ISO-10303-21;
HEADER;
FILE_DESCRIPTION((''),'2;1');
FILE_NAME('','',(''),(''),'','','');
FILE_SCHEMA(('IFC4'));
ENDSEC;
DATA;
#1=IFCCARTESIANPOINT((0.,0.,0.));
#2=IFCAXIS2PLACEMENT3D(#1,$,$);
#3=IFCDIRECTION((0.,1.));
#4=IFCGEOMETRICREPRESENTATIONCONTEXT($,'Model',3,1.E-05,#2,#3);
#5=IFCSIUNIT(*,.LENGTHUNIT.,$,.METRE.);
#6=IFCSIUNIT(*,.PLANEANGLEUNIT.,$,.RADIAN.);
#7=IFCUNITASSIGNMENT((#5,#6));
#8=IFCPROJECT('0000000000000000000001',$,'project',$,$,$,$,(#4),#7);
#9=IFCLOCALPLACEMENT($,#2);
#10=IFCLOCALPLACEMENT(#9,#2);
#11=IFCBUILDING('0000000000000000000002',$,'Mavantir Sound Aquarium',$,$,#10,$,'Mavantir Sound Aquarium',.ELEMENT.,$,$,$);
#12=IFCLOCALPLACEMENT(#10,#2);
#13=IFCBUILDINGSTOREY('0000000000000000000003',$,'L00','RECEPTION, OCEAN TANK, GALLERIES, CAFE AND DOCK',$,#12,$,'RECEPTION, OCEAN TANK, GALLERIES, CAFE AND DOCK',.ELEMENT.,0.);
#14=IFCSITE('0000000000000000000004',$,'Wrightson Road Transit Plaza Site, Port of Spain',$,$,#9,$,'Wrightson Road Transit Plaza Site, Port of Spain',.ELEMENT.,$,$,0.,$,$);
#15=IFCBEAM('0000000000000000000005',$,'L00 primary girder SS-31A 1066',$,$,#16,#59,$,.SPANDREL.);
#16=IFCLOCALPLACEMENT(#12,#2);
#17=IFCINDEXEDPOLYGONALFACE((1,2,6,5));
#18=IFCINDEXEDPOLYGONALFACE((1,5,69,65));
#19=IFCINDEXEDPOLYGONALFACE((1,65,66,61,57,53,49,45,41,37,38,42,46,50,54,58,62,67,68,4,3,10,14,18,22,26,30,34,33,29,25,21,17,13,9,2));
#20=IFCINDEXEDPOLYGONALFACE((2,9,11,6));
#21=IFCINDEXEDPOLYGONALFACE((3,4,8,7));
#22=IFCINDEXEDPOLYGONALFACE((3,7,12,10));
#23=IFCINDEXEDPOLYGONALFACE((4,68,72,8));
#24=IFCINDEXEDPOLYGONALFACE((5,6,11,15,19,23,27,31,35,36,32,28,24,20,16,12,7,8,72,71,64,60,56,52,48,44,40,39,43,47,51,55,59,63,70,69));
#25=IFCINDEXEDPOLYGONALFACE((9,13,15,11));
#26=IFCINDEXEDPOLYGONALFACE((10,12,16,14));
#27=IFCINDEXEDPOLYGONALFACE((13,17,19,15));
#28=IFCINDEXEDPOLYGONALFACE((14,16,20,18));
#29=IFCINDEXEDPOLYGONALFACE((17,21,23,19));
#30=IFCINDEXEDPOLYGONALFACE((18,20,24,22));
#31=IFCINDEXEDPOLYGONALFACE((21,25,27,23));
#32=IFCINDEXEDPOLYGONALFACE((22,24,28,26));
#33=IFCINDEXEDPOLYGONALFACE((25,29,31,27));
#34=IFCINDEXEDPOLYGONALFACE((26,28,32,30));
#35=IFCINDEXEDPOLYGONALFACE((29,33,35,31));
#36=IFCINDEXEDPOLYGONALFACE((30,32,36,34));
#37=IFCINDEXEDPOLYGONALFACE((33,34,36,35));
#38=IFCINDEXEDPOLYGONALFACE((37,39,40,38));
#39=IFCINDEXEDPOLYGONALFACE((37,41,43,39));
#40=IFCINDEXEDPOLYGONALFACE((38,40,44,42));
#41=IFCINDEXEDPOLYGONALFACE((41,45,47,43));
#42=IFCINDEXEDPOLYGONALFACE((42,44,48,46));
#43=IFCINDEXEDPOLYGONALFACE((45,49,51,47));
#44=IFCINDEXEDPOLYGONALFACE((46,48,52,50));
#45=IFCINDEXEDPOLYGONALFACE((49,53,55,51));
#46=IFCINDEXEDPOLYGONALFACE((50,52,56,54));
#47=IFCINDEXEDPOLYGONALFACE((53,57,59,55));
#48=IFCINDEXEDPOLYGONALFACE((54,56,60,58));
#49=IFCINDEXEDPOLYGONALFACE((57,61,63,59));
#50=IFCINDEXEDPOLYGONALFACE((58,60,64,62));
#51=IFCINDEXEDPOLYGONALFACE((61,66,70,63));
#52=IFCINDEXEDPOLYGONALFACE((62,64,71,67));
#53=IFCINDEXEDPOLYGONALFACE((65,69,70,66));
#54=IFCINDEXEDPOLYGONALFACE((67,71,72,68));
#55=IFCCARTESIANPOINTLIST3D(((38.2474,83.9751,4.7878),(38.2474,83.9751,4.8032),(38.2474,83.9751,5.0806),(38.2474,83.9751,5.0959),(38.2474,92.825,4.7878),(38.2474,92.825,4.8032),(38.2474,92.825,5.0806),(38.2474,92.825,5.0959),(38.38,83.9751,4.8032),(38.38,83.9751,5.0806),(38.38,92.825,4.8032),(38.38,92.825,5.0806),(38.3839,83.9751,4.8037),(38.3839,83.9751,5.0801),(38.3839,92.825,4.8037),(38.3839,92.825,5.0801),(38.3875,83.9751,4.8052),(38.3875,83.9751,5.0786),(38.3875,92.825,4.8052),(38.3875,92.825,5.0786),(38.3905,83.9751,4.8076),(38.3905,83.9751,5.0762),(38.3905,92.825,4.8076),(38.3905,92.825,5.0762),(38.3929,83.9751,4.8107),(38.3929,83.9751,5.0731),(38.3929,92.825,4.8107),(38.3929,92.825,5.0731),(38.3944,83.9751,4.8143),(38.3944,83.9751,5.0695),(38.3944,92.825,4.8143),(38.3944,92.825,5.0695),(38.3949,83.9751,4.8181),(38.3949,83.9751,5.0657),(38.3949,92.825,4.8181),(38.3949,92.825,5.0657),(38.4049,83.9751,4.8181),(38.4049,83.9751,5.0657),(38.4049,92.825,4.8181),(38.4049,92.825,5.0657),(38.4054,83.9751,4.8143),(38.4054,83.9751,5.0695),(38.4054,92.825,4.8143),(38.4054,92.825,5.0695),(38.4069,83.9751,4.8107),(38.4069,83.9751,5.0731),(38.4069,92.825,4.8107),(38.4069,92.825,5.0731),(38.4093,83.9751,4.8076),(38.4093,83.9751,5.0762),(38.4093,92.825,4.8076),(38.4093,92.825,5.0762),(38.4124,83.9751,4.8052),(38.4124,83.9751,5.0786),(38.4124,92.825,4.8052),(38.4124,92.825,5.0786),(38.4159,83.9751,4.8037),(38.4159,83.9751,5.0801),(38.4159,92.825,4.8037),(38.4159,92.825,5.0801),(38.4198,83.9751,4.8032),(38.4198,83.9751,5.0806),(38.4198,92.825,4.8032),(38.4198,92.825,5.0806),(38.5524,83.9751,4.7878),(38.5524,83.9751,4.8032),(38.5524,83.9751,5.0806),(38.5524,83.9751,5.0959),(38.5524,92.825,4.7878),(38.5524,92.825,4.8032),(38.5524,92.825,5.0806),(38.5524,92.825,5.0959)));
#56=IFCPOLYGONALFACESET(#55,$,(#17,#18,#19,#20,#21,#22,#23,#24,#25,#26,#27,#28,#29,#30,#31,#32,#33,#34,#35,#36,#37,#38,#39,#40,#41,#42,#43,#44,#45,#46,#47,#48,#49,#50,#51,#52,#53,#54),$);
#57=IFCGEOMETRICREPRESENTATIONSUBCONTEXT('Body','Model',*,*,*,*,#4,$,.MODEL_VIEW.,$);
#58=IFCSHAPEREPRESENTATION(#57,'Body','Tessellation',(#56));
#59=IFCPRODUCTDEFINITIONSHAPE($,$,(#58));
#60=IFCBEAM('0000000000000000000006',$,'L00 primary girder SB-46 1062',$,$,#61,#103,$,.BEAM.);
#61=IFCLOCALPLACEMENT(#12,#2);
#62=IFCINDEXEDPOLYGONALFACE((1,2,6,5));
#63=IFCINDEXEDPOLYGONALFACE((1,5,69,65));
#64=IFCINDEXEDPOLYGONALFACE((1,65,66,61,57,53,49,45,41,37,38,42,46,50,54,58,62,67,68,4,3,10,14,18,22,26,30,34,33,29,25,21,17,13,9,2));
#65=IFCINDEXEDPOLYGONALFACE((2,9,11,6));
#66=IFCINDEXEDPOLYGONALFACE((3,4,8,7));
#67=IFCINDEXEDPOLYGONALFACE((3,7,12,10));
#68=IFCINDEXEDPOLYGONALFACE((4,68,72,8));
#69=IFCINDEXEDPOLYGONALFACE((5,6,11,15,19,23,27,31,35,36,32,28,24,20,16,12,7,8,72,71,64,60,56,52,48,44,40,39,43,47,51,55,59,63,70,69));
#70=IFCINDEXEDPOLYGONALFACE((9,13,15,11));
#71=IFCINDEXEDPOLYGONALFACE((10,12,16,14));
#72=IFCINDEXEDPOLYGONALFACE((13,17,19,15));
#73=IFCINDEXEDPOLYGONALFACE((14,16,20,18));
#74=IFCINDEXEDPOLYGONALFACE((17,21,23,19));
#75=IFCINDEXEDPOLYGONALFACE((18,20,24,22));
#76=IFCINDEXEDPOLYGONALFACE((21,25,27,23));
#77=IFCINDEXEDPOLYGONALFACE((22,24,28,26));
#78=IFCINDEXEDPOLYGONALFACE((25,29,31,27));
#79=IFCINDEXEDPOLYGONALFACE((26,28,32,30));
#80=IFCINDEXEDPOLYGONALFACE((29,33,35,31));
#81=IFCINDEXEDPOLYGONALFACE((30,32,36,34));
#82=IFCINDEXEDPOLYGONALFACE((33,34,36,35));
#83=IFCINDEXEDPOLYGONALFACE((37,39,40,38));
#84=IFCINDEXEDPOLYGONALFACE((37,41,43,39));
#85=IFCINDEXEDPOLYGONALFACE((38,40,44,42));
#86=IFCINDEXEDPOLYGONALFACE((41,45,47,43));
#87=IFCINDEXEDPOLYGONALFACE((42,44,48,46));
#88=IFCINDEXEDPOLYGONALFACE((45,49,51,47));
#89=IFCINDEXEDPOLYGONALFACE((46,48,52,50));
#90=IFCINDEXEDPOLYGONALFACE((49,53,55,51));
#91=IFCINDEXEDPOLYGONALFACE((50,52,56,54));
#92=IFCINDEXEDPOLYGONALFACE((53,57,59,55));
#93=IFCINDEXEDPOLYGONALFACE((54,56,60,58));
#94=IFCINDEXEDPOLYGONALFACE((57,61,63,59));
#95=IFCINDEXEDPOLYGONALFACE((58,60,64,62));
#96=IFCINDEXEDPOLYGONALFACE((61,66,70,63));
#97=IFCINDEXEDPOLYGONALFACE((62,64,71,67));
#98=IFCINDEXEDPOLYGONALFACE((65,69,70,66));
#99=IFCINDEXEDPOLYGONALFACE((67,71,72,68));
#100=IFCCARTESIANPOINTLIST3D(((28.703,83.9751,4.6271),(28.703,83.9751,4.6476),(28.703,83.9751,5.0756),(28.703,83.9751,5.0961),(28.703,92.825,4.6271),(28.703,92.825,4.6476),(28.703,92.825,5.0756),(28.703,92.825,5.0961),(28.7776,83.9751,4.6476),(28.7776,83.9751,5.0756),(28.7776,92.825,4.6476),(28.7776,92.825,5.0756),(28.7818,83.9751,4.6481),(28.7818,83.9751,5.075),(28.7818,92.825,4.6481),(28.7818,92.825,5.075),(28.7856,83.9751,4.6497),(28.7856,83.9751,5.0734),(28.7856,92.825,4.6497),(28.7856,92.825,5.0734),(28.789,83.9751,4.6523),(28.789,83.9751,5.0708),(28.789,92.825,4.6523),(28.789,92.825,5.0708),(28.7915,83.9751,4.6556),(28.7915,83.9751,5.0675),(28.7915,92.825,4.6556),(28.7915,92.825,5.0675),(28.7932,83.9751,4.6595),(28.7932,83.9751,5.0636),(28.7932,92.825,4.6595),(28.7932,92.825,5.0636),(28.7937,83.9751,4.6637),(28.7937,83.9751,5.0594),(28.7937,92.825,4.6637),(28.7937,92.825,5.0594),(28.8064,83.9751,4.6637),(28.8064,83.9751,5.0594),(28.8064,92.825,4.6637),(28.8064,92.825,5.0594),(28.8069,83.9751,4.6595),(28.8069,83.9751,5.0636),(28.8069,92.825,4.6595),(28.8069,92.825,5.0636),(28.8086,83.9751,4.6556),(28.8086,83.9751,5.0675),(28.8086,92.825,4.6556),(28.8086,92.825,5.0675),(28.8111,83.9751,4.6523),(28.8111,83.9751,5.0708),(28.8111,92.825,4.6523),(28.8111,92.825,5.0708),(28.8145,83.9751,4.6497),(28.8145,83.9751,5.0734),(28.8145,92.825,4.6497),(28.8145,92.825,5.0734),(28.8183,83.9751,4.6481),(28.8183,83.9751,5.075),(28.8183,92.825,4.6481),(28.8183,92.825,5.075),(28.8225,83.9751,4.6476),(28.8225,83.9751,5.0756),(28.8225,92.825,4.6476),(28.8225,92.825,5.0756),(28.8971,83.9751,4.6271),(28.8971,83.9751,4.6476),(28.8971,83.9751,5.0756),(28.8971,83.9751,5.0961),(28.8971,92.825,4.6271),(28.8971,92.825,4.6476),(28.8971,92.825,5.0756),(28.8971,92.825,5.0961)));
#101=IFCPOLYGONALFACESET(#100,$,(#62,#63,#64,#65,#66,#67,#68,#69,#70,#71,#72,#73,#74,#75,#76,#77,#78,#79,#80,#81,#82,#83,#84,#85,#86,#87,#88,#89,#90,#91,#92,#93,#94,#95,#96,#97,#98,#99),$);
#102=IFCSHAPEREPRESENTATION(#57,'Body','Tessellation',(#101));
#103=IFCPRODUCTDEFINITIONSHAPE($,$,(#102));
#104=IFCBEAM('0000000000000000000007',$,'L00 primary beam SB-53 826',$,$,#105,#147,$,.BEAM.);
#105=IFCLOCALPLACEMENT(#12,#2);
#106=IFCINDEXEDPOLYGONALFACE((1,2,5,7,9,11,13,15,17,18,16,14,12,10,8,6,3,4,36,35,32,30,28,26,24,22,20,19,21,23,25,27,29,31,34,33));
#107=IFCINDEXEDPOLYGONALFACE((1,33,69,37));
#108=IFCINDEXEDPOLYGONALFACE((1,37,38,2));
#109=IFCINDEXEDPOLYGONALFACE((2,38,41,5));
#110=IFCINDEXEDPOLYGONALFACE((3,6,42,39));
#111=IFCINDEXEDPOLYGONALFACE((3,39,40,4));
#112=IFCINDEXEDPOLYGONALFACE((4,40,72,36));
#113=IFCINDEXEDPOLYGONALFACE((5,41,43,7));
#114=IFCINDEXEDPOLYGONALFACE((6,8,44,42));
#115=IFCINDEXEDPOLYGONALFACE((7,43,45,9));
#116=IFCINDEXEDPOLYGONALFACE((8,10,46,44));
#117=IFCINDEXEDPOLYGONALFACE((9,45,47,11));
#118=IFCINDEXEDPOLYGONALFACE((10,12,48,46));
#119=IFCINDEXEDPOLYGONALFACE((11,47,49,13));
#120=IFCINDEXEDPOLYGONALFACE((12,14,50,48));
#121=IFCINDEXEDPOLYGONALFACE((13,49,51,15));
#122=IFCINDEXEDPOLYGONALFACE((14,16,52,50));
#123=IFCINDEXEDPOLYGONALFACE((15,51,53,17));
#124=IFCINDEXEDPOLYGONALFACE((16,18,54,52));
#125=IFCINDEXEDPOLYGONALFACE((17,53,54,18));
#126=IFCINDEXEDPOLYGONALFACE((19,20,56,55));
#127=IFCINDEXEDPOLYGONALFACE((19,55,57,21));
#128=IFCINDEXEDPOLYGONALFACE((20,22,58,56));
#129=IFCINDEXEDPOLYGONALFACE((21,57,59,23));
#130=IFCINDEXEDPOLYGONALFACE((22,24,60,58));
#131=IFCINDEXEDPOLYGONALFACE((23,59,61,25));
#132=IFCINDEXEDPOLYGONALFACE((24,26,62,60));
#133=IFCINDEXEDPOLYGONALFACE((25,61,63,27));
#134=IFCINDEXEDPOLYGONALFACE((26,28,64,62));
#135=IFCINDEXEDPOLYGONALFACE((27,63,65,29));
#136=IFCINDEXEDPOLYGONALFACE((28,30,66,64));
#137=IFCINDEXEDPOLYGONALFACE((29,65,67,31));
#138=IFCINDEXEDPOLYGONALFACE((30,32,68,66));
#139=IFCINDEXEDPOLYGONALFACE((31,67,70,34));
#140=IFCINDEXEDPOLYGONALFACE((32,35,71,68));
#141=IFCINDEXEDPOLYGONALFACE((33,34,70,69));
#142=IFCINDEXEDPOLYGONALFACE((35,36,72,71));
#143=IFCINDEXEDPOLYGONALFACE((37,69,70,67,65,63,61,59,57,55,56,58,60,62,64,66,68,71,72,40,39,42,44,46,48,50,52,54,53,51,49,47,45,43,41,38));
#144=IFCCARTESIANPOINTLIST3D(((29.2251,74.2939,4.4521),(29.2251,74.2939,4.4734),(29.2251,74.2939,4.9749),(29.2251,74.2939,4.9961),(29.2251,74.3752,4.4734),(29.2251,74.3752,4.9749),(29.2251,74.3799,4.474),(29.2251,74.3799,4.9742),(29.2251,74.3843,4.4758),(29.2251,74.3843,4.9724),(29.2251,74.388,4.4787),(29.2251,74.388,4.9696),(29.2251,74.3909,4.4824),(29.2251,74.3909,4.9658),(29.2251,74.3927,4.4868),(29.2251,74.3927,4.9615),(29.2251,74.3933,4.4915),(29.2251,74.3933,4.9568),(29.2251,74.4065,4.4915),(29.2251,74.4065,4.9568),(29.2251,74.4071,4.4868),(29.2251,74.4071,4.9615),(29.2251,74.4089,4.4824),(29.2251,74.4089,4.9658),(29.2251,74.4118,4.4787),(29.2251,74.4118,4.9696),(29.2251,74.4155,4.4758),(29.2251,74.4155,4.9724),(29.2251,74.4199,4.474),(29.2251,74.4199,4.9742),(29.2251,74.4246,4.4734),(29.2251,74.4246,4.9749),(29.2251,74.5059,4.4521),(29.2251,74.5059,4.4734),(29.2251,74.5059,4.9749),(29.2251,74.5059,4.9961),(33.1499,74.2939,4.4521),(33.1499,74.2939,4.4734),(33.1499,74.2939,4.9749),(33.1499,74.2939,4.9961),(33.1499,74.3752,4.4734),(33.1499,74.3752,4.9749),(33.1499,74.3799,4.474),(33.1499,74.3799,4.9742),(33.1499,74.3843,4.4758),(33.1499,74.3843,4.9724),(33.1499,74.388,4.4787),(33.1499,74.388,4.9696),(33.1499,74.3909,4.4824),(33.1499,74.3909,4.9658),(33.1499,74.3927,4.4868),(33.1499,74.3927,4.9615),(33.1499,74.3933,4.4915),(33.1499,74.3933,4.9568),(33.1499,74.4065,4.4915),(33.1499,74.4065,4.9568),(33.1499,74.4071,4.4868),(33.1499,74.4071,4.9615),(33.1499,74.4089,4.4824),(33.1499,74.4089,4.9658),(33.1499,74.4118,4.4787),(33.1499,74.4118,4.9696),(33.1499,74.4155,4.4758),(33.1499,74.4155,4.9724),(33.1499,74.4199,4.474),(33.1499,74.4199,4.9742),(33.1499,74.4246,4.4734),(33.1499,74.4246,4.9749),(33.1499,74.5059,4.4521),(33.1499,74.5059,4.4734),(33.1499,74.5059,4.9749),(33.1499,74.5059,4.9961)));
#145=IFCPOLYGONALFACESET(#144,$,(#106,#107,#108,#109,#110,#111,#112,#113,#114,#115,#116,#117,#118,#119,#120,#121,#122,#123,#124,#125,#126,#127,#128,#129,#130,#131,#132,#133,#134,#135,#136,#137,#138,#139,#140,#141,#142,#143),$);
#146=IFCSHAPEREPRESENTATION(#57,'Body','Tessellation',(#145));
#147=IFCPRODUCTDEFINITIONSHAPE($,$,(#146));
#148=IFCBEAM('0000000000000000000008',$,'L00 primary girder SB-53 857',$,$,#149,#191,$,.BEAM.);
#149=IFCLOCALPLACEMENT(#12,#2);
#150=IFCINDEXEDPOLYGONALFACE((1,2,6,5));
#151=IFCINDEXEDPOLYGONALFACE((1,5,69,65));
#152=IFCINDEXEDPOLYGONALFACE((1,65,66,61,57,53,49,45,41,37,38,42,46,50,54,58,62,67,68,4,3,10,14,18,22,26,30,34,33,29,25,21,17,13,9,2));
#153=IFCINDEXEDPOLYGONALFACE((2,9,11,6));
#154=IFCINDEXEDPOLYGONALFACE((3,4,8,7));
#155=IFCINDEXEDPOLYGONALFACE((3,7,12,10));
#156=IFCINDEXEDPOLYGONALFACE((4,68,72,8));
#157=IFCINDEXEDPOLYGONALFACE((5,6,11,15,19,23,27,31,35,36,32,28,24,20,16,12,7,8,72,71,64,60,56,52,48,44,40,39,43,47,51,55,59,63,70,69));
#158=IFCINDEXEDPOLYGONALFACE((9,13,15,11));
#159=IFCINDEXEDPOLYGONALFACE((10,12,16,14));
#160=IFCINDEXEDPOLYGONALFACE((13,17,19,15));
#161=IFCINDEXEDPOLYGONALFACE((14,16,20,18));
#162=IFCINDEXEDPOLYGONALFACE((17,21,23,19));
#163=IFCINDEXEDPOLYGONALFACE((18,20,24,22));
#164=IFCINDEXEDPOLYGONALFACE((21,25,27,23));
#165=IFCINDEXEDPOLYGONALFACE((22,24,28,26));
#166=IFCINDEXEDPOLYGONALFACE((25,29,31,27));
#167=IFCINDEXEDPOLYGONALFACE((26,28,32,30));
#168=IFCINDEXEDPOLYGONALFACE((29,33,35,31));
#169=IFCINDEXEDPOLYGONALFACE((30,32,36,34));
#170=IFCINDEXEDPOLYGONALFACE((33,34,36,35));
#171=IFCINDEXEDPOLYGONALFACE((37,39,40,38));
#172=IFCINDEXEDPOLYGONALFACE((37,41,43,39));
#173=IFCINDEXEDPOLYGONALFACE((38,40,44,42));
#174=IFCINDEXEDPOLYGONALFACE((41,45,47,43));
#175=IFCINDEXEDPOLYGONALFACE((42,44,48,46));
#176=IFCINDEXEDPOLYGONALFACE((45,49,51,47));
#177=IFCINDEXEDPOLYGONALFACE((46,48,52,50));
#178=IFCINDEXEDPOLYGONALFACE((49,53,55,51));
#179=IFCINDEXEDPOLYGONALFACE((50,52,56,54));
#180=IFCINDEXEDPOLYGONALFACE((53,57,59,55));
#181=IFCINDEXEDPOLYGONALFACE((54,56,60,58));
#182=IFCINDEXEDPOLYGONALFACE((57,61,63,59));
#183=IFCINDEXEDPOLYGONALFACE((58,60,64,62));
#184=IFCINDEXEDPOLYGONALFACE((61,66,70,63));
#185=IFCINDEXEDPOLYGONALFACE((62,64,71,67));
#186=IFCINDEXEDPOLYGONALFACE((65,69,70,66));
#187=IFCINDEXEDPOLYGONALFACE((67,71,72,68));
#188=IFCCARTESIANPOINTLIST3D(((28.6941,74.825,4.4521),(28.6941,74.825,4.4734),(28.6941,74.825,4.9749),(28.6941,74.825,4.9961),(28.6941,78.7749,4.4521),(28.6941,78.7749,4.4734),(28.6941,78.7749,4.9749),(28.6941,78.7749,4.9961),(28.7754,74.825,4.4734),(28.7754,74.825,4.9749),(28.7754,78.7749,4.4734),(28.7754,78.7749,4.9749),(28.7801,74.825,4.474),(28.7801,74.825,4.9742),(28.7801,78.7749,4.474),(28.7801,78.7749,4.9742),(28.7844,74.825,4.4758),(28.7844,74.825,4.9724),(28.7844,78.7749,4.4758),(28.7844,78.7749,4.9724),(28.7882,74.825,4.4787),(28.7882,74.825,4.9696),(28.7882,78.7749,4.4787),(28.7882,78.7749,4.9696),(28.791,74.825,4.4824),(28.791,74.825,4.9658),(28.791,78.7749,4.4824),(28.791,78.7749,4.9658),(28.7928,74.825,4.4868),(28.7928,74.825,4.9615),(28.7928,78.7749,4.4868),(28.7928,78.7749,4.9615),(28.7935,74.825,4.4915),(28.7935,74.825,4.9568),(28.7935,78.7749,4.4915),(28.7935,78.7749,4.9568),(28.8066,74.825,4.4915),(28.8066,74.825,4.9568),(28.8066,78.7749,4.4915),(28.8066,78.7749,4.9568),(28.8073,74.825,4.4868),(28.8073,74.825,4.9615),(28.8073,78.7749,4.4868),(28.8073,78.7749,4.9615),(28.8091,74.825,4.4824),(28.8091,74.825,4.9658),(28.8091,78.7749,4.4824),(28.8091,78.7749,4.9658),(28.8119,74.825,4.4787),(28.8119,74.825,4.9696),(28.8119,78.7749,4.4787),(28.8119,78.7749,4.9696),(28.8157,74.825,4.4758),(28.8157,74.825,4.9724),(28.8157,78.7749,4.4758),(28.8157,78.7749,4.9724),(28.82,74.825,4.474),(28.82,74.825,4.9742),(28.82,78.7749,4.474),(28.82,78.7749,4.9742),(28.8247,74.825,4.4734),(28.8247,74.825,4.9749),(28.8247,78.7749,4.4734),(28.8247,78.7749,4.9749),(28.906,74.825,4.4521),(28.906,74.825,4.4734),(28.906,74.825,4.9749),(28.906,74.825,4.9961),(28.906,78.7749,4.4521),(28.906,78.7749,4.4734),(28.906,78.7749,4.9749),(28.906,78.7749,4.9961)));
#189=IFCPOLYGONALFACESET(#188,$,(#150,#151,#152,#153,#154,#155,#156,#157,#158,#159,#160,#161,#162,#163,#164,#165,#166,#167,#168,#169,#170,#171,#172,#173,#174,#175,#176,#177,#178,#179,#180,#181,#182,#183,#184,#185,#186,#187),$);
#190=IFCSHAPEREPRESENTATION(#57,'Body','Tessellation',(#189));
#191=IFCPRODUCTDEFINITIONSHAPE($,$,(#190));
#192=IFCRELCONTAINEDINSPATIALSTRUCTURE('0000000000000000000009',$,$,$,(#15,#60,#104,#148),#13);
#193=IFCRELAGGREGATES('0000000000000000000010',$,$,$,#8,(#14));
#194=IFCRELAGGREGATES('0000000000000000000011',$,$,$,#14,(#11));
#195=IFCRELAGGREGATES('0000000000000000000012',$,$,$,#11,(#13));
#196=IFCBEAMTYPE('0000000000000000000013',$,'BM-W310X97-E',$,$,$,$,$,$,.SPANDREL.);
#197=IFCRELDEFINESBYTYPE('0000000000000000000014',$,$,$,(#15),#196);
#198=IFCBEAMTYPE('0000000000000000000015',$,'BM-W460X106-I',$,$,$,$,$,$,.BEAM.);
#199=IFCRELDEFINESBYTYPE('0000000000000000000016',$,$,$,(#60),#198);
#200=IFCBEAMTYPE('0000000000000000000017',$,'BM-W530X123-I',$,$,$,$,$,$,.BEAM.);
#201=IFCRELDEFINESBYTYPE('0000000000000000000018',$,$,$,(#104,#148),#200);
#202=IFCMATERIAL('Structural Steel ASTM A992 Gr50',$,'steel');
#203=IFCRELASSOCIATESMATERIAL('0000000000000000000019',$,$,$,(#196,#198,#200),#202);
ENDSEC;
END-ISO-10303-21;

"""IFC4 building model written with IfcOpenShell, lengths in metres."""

from ifc_helpers import new_model, si_unit, direction, frame, origin, origin_2d, place, context, subcontext, project, spatial, i_section, extrude, material, material_profile, profile_set, type_object, element, save


model = new_model("IFC4")

# Units and contexts
model_context = context("Model", 3, precision=1e-05, world=origin(), true_north=direction((0.0, 1.0)))
body_context = subcontext(model_context, "Body", "Model", "MODEL_VIEW")
ifc_project = project(units=[si_unit("LENGTHUNIT", "METRE"), si_unit("PLANEANGLEUNIT", "RADIAN")], contexts=[model_context])

# Site, building, storey
site_placement = place(None, origin())
site = spatial("IfcSite", under=ifc_project, at=site_placement, Name="Wrightson Road Transit Plaza Site, Port of Spain", LongName="Wrightson Road Transit Plaza Site, Port of Spain", CompositionType="ELEMENT", RefElevation=0.0)
building_placement = place(site_placement, origin())
building = spatial("IfcBuilding", under=site, at=building_placement, Name="Mavantir Sound Aquarium", LongName="Mavantir Sound Aquarium", CompositionType="ELEMENT")
storey_placement = place(building_placement, origin())
storey = spatial("IfcBuildingStorey", under=building, at=storey_placement, Name="L00", Description="RECEPTION, OCEAN TANK, GALLERIES, CAFE AND DOCK", LongName="RECEPTION, OCEAN TANK, GALLERIES, CAFE AND DOCK", CompositionType="ELEMENT", Elevation=0.0)

# Beams
ifc_material_1 = material(Name="Structural Steel ASTM A992 Gr50", Category="steel")
ifc_material_profile_1 = material_profile(ifc_material_1, i_section(OverallWidth=0.3049, OverallDepth=0.3081, WebThickness=0.01, FlangeThickness=0.0154, FilletRadius=0.0149, at=origin_2d()), Name="W310X97")
ifc_profile_set_1 = profile_set([ifc_material_profile_1], Name="Structural Steel ASTM A992 Gr50")
beam_type_1 = type_object("IfcBeamType", Name="BM-W310X97-E", PredefinedType="SPANDREL", material=ifc_profile_set_1)
for number, where, z_axis, x_axis, name in (
    (1, (38.3999, 83.9751, 4.9419), (0.0, 1.0, 0.0), (-1.0, 0.0, 0.0), "L00 primary girder SS-31A 1066"),
):
    element("IfcBeam", number, at=place(storey_placement, frame(where, z_axis=z_axis, x_axis=x_axis)), inside=storey, type_object=beam_type_1, Name=name, PredefinedType="SPANDREL", context=body_context, shape_type="SweptSolid", body=[
        extrude(i_section(OverallWidth=0.3049, OverallDepth=0.3081, WebThickness=0.01, FlangeThickness=0.0154, FilletRadius=0.0149, at=origin_2d()), origin(), (0.0, 0.0, 1.0), 8.8499),
    ])
ifc_material_profile_2 = material_profile(ifc_material_1, i_section(OverallWidth=0.1941, OverallDepth=0.469, WebThickness=0.0127, FlangeThickness=0.0205, FilletRadius=0.0161, at=origin_2d()), Name="W460X106")
ifc_profile_set_2 = profile_set([ifc_material_profile_2], Name="Structural Steel ASTM A992 Gr50")
beam_type_2 = type_object("IfcBeamType", Name="BM-W460X106-I", PredefinedType="BEAM", material=ifc_profile_set_2)
beam_1_placement = place(storey_placement, frame((28.8, 83.9751, 4.8616), z_axis=(0.0, 1.0, 0.0), x_axis=(-1.0, 0.0, 0.0)))
element("IfcBeam", 2, at=beam_1_placement, inside=storey, type_object=beam_type_2, Name="L00 primary girder SB-46 1062", PredefinedType="BEAM", context=body_context, shape_type="SweptSolid", body=[
    extrude(i_section(OverallWidth=0.1941, OverallDepth=0.469, WebThickness=0.0127, FlangeThickness=0.0205, FilletRadius=0.0161, at=origin_2d()), origin(), (0.0, 0.0, 1.0), 8.8499),
])
ifc_material_profile_3 = material_profile(ifc_material_1, i_section(OverallWidth=0.2119, OverallDepth=0.5439, WebThickness=0.0132, FlangeThickness=0.0212, FilletRadius=0.0181, at=origin_2d()), Name="W530X123")
ifc_profile_set_3 = profile_set([ifc_material_profile_3], Name="Structural Steel ASTM A992 Gr50")
beam_type_3 = type_object("IfcBeamType", Name="BM-W530X123-I", PredefinedType="BEAM", material=ifc_profile_set_3)
beam_2_placement = place(storey_placement, frame((29.2251, 74.3999, 4.7241), z_axis=(1.0, 0.0, 0.0), x_axis=(0.0, 1.0, 0.0)))
element("IfcBeam", 3, at=beam_2_placement, inside=storey, type_object=beam_type_3, Name="L00 primary beam SB-53 826", PredefinedType="BEAM", context=body_context, shape_type="SweptSolid", body=[
    extrude(i_section(OverallWidth=0.2119, OverallDepth=0.5439, WebThickness=0.0132, FlangeThickness=0.0212, FilletRadius=0.0181, at=origin_2d()), origin(), (0.0, 0.0, 1.0), 3.9248),
])
beam_3_placement = place(storey_placement, frame((28.8, 74.825, 4.7241), z_axis=(0.0, 1.0, 0.0), x_axis=(-1.0, 0.0, 0.0)))
element("IfcBeam", 4, at=beam_3_placement, inside=storey, type_object=beam_type_3, Name="L00 primary girder SB-53 857", PredefinedType="BEAM", context=body_context, shape_type="SweptSolid", body=[
    extrude(i_section(OverallWidth=0.2119, OverallDepth=0.5439, WebThickness=0.0132, FlangeThickness=0.0212, FilletRadius=0.0181, at=origin_2d()), origin(), (0.0, 0.0, 1.0), 3.95),
])

save(model, "model.ifc")
